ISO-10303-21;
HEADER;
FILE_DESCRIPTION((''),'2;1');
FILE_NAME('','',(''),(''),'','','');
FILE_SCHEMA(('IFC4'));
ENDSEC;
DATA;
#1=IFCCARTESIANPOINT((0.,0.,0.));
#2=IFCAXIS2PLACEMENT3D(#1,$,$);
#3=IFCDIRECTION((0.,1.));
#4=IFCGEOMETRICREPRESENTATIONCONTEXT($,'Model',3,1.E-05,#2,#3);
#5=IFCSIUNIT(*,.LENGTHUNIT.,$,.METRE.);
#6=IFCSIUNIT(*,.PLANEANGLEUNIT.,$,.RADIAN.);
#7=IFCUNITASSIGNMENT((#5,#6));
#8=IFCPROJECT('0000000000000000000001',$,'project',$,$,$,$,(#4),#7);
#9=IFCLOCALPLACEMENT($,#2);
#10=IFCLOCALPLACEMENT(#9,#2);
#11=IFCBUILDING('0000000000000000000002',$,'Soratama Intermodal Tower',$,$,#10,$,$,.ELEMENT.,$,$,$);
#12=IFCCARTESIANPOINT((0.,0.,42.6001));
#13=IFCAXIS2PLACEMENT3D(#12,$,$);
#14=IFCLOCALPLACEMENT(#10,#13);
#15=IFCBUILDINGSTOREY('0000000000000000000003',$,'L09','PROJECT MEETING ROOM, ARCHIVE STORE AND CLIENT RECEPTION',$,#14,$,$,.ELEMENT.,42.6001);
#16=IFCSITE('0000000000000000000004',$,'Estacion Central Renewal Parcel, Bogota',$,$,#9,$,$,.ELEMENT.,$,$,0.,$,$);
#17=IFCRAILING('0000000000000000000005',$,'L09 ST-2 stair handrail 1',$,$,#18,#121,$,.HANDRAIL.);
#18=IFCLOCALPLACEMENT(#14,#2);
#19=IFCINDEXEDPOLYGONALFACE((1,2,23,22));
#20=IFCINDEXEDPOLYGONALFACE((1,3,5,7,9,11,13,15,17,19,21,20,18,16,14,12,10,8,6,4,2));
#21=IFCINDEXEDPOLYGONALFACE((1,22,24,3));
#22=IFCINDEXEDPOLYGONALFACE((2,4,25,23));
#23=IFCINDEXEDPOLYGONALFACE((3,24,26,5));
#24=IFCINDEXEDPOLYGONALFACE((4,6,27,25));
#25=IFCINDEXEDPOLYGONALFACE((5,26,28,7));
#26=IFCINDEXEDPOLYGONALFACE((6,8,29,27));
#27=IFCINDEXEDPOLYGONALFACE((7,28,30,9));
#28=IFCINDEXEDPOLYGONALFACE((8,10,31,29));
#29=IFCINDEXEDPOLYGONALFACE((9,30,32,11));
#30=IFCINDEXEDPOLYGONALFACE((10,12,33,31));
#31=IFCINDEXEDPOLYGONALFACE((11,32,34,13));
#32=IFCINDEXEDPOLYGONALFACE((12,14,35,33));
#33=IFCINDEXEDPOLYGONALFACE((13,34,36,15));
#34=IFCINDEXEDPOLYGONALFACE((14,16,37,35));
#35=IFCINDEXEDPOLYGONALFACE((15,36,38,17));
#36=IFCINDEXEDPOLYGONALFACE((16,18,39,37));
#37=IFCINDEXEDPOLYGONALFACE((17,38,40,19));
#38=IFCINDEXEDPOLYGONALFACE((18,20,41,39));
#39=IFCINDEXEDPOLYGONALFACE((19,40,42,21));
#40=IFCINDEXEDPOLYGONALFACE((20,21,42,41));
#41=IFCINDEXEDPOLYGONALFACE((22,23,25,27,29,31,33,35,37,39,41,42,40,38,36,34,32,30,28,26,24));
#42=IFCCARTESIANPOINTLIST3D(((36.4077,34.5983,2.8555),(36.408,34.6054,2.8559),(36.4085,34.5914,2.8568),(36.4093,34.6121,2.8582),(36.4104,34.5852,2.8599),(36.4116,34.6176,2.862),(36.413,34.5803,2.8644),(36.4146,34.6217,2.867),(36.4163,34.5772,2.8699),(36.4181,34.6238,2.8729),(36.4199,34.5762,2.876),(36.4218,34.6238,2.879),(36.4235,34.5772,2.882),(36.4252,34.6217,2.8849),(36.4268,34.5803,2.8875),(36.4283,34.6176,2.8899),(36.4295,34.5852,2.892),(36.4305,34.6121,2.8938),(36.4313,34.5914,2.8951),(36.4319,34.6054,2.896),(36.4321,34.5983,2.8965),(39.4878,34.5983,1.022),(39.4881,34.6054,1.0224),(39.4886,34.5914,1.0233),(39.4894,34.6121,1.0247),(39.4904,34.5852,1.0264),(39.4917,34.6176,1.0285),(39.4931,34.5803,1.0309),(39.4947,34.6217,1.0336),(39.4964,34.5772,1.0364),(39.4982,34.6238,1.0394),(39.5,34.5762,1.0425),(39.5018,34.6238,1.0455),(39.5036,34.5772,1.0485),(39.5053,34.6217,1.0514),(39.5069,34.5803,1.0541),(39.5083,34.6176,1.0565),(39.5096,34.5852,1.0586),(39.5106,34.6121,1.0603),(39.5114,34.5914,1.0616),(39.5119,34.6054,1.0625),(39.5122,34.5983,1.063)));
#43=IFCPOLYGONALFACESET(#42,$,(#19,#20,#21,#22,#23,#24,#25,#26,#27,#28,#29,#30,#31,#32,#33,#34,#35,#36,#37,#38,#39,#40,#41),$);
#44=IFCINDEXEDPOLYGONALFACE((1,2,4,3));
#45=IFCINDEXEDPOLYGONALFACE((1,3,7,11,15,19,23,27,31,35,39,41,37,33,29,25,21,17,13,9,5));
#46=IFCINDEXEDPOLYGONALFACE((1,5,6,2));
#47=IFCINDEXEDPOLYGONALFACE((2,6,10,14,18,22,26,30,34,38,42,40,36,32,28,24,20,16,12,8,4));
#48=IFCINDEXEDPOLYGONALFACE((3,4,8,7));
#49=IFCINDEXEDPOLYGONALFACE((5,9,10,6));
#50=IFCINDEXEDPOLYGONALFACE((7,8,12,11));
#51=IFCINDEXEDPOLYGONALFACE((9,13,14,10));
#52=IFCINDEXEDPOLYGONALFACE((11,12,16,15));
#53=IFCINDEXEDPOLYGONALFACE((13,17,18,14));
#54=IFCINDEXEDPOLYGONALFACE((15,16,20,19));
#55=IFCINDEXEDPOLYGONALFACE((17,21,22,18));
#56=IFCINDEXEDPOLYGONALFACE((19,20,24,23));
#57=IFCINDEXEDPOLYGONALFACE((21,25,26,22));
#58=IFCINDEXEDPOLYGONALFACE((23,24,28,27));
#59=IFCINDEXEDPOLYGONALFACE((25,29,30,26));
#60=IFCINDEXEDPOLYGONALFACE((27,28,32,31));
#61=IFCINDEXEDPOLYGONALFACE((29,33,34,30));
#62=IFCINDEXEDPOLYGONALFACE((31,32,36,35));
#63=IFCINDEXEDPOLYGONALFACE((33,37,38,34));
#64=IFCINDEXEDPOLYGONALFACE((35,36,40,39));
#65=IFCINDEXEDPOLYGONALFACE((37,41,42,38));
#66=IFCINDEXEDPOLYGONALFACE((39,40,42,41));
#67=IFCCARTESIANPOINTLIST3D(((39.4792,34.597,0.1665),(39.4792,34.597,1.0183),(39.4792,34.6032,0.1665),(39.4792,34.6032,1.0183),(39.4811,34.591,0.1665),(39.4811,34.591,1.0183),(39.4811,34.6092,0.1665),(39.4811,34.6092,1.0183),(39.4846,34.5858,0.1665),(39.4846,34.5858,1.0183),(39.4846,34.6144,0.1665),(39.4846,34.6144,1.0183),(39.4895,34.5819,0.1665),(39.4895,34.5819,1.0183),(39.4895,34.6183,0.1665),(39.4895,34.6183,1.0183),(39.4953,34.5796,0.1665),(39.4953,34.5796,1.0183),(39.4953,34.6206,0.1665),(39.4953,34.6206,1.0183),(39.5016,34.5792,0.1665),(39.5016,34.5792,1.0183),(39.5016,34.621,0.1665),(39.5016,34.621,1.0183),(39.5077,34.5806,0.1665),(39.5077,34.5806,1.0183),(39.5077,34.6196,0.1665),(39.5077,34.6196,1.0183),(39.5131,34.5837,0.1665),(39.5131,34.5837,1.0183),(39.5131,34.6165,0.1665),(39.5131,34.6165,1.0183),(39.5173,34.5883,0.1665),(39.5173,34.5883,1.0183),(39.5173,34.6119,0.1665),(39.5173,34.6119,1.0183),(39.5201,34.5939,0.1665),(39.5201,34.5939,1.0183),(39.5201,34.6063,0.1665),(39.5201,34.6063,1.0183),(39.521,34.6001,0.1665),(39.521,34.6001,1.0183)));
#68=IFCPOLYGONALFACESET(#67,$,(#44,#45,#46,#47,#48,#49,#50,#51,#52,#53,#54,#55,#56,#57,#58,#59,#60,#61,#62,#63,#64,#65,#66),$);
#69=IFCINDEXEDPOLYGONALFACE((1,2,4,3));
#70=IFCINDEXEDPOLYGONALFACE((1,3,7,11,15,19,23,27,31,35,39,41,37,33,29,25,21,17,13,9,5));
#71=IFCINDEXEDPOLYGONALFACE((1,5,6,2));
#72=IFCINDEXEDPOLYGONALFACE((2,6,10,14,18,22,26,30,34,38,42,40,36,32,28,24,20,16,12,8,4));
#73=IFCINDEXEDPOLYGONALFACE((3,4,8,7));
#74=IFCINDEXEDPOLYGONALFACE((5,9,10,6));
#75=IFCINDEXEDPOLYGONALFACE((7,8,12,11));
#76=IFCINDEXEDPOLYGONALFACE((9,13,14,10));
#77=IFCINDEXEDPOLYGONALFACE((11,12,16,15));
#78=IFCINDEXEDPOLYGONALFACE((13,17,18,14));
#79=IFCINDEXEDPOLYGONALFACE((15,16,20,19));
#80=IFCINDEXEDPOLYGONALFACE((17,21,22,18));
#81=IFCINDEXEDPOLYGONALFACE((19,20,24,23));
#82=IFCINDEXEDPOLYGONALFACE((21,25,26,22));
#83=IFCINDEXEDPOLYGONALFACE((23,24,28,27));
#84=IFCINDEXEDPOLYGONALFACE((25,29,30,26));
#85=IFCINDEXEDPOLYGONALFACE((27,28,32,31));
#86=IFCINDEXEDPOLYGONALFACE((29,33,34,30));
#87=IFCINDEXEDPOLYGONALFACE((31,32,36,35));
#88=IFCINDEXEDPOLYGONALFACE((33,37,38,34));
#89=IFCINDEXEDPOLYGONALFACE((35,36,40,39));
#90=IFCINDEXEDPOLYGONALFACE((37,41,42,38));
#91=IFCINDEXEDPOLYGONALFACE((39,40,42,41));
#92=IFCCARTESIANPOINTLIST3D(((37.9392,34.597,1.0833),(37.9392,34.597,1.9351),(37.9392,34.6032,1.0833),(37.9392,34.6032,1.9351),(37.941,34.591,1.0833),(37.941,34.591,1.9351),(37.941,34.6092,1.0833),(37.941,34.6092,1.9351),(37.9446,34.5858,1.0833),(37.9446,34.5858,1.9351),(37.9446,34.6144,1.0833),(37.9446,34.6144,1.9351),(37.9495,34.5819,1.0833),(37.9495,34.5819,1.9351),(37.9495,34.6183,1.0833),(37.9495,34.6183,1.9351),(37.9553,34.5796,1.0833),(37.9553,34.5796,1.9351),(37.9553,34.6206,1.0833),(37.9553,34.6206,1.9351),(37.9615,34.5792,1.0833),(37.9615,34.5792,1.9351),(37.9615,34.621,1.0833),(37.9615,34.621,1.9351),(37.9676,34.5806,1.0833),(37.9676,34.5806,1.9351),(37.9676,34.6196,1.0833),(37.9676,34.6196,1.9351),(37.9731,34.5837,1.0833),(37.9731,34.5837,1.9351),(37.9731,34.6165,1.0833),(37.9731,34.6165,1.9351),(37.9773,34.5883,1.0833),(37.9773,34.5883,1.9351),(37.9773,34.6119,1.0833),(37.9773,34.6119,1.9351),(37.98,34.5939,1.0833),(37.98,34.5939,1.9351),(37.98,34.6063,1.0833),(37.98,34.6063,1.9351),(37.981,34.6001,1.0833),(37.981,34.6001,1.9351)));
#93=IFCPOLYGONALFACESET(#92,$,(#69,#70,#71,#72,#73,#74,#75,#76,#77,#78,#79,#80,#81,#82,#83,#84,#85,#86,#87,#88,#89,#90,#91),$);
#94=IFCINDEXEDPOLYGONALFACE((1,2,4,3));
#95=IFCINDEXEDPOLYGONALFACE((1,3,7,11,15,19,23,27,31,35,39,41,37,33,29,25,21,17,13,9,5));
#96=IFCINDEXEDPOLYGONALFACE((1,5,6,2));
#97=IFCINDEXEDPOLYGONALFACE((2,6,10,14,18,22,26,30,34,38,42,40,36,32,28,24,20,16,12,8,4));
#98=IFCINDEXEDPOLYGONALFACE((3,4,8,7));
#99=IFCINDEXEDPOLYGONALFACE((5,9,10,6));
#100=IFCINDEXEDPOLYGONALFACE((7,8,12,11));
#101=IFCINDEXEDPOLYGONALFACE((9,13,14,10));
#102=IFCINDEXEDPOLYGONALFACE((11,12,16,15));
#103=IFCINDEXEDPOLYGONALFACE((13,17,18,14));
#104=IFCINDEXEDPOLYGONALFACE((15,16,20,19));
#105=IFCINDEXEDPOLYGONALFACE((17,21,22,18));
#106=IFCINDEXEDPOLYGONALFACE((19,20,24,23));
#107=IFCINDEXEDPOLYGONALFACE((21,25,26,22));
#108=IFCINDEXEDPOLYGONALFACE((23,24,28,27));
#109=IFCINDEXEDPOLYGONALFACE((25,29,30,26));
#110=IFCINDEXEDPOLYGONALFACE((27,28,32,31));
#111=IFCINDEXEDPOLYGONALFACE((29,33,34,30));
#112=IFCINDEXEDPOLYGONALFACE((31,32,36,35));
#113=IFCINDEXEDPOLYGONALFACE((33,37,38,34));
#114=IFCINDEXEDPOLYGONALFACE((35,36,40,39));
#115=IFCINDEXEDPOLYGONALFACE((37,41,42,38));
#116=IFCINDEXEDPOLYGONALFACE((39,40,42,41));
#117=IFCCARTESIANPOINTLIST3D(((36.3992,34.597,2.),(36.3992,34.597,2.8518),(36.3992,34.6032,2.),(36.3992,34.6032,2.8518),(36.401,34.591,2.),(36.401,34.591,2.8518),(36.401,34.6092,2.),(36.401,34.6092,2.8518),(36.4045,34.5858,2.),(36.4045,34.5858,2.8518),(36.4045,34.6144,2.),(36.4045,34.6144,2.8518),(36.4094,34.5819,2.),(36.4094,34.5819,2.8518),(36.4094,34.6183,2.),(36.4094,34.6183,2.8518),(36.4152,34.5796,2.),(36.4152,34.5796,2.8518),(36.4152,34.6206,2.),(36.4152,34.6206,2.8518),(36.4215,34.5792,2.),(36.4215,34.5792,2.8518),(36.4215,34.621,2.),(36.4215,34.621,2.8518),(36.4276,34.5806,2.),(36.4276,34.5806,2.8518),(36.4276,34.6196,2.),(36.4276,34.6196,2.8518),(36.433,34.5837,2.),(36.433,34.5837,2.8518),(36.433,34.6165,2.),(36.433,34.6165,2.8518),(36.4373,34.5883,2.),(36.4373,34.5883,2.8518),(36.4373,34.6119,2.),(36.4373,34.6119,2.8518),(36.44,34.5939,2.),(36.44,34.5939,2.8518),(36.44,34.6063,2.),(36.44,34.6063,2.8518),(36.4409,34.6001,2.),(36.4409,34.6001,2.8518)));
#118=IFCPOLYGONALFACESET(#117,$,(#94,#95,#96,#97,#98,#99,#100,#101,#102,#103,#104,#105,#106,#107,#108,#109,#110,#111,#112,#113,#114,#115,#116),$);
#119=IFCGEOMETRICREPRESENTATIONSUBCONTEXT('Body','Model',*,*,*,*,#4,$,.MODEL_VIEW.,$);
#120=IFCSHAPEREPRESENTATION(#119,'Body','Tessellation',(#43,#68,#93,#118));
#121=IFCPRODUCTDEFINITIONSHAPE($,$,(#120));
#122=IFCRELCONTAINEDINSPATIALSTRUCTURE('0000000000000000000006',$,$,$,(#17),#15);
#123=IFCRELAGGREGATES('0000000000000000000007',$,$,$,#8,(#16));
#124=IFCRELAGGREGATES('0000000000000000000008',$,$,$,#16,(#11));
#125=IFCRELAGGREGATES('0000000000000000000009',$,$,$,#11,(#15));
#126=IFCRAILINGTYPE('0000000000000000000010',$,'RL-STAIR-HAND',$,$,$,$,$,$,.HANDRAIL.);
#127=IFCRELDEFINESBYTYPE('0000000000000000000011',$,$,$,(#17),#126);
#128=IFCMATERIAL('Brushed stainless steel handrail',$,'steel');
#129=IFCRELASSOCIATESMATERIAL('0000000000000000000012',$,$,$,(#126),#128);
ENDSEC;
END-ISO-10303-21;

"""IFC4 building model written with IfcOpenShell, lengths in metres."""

from ifc_helpers import new_model, si_unit, direction, frame, origin, origin_2d, place, context, subcontext, project, spatial, circle, extrude, material, type_object, element, save


model = new_model("IFC4")

# Units and contexts
model_context = context("Model", 3, precision=1e-05, world=origin(), true_north=direction((0.0, 1.0)))
body_context = subcontext(model_context, "Body", "Model", "MODEL_VIEW")
ifc_project = project(units=[si_unit("LENGTHUNIT", "METRE"), si_unit("PLANEANGLEUNIT", "RADIAN")], contexts=[model_context])

# Site, building, storey
site_placement = place(None, origin())
site = spatial("IfcSite", under=ifc_project, at=site_placement, Name="Estacion Central Renewal Parcel, Bogota", CompositionType="ELEMENT", RefElevation=0.0)
building_placement = place(site_placement, origin())
building = spatial("IfcBuilding", under=site, at=building_placement, Name="Soratama Intermodal Tower", CompositionType="ELEMENT")
storey_placement = place(building_placement, frame((0.0, 0.0, 42.6001)))
storey = spatial("IfcBuildingStorey", under=building, at=storey_placement, Name="L09", Description="PROJECT MEETING ROOM, ARCHIVE STORE AND CLIENT RECEPTION", CompositionType="ELEMENT", Elevation=42.6001)

# Railing
ifc_material_1 = material(Name="Brushed stainless steel handrail", Category="steel")
railing_type_1 = type_object("IfcRailingType", Name="RL-STAIR-HAND", PredefinedType="HANDRAIL", material=ifc_material_1)
railing_1_placement = place(storey_placement, frame((39.5, 34.6001, 0.1665)))
element("IfcRailing", 1, at=railing_1_placement, inside=storey, type_object=railing_type_1, Name="L09 ST-2 stair handrail 1", PredefinedType="HANDRAIL", context=body_context, shape_type="SweptSolid", body=[
    extrude(circle(Radius=0.0239, at=origin_2d()), frame((0.0, 0.0, 0.876), z_axis=(-0.859279, 0.0, 0.511508), x_axis=(0.0, -1.0, 0.0)), (0.0, 0.0, 1.0), 3.5845),
    extrude(circle(Radius=0.021, at=origin_2d()), origin(), (0.0, 0.0, 1.0), 0.8518),
    extrude(circle(Radius=0.021, at=origin_2d()), frame((-1.54, 0.0, 0.9167)), (0.0, 0.0, 1.0), 0.8518),
    extrude(circle(Radius=0.021, at=origin_2d()), frame((-3.0801, 0.0, 1.8335)), (0.0, 0.0, 1.0), 0.8518),
])

save(model, "model.ifc")
